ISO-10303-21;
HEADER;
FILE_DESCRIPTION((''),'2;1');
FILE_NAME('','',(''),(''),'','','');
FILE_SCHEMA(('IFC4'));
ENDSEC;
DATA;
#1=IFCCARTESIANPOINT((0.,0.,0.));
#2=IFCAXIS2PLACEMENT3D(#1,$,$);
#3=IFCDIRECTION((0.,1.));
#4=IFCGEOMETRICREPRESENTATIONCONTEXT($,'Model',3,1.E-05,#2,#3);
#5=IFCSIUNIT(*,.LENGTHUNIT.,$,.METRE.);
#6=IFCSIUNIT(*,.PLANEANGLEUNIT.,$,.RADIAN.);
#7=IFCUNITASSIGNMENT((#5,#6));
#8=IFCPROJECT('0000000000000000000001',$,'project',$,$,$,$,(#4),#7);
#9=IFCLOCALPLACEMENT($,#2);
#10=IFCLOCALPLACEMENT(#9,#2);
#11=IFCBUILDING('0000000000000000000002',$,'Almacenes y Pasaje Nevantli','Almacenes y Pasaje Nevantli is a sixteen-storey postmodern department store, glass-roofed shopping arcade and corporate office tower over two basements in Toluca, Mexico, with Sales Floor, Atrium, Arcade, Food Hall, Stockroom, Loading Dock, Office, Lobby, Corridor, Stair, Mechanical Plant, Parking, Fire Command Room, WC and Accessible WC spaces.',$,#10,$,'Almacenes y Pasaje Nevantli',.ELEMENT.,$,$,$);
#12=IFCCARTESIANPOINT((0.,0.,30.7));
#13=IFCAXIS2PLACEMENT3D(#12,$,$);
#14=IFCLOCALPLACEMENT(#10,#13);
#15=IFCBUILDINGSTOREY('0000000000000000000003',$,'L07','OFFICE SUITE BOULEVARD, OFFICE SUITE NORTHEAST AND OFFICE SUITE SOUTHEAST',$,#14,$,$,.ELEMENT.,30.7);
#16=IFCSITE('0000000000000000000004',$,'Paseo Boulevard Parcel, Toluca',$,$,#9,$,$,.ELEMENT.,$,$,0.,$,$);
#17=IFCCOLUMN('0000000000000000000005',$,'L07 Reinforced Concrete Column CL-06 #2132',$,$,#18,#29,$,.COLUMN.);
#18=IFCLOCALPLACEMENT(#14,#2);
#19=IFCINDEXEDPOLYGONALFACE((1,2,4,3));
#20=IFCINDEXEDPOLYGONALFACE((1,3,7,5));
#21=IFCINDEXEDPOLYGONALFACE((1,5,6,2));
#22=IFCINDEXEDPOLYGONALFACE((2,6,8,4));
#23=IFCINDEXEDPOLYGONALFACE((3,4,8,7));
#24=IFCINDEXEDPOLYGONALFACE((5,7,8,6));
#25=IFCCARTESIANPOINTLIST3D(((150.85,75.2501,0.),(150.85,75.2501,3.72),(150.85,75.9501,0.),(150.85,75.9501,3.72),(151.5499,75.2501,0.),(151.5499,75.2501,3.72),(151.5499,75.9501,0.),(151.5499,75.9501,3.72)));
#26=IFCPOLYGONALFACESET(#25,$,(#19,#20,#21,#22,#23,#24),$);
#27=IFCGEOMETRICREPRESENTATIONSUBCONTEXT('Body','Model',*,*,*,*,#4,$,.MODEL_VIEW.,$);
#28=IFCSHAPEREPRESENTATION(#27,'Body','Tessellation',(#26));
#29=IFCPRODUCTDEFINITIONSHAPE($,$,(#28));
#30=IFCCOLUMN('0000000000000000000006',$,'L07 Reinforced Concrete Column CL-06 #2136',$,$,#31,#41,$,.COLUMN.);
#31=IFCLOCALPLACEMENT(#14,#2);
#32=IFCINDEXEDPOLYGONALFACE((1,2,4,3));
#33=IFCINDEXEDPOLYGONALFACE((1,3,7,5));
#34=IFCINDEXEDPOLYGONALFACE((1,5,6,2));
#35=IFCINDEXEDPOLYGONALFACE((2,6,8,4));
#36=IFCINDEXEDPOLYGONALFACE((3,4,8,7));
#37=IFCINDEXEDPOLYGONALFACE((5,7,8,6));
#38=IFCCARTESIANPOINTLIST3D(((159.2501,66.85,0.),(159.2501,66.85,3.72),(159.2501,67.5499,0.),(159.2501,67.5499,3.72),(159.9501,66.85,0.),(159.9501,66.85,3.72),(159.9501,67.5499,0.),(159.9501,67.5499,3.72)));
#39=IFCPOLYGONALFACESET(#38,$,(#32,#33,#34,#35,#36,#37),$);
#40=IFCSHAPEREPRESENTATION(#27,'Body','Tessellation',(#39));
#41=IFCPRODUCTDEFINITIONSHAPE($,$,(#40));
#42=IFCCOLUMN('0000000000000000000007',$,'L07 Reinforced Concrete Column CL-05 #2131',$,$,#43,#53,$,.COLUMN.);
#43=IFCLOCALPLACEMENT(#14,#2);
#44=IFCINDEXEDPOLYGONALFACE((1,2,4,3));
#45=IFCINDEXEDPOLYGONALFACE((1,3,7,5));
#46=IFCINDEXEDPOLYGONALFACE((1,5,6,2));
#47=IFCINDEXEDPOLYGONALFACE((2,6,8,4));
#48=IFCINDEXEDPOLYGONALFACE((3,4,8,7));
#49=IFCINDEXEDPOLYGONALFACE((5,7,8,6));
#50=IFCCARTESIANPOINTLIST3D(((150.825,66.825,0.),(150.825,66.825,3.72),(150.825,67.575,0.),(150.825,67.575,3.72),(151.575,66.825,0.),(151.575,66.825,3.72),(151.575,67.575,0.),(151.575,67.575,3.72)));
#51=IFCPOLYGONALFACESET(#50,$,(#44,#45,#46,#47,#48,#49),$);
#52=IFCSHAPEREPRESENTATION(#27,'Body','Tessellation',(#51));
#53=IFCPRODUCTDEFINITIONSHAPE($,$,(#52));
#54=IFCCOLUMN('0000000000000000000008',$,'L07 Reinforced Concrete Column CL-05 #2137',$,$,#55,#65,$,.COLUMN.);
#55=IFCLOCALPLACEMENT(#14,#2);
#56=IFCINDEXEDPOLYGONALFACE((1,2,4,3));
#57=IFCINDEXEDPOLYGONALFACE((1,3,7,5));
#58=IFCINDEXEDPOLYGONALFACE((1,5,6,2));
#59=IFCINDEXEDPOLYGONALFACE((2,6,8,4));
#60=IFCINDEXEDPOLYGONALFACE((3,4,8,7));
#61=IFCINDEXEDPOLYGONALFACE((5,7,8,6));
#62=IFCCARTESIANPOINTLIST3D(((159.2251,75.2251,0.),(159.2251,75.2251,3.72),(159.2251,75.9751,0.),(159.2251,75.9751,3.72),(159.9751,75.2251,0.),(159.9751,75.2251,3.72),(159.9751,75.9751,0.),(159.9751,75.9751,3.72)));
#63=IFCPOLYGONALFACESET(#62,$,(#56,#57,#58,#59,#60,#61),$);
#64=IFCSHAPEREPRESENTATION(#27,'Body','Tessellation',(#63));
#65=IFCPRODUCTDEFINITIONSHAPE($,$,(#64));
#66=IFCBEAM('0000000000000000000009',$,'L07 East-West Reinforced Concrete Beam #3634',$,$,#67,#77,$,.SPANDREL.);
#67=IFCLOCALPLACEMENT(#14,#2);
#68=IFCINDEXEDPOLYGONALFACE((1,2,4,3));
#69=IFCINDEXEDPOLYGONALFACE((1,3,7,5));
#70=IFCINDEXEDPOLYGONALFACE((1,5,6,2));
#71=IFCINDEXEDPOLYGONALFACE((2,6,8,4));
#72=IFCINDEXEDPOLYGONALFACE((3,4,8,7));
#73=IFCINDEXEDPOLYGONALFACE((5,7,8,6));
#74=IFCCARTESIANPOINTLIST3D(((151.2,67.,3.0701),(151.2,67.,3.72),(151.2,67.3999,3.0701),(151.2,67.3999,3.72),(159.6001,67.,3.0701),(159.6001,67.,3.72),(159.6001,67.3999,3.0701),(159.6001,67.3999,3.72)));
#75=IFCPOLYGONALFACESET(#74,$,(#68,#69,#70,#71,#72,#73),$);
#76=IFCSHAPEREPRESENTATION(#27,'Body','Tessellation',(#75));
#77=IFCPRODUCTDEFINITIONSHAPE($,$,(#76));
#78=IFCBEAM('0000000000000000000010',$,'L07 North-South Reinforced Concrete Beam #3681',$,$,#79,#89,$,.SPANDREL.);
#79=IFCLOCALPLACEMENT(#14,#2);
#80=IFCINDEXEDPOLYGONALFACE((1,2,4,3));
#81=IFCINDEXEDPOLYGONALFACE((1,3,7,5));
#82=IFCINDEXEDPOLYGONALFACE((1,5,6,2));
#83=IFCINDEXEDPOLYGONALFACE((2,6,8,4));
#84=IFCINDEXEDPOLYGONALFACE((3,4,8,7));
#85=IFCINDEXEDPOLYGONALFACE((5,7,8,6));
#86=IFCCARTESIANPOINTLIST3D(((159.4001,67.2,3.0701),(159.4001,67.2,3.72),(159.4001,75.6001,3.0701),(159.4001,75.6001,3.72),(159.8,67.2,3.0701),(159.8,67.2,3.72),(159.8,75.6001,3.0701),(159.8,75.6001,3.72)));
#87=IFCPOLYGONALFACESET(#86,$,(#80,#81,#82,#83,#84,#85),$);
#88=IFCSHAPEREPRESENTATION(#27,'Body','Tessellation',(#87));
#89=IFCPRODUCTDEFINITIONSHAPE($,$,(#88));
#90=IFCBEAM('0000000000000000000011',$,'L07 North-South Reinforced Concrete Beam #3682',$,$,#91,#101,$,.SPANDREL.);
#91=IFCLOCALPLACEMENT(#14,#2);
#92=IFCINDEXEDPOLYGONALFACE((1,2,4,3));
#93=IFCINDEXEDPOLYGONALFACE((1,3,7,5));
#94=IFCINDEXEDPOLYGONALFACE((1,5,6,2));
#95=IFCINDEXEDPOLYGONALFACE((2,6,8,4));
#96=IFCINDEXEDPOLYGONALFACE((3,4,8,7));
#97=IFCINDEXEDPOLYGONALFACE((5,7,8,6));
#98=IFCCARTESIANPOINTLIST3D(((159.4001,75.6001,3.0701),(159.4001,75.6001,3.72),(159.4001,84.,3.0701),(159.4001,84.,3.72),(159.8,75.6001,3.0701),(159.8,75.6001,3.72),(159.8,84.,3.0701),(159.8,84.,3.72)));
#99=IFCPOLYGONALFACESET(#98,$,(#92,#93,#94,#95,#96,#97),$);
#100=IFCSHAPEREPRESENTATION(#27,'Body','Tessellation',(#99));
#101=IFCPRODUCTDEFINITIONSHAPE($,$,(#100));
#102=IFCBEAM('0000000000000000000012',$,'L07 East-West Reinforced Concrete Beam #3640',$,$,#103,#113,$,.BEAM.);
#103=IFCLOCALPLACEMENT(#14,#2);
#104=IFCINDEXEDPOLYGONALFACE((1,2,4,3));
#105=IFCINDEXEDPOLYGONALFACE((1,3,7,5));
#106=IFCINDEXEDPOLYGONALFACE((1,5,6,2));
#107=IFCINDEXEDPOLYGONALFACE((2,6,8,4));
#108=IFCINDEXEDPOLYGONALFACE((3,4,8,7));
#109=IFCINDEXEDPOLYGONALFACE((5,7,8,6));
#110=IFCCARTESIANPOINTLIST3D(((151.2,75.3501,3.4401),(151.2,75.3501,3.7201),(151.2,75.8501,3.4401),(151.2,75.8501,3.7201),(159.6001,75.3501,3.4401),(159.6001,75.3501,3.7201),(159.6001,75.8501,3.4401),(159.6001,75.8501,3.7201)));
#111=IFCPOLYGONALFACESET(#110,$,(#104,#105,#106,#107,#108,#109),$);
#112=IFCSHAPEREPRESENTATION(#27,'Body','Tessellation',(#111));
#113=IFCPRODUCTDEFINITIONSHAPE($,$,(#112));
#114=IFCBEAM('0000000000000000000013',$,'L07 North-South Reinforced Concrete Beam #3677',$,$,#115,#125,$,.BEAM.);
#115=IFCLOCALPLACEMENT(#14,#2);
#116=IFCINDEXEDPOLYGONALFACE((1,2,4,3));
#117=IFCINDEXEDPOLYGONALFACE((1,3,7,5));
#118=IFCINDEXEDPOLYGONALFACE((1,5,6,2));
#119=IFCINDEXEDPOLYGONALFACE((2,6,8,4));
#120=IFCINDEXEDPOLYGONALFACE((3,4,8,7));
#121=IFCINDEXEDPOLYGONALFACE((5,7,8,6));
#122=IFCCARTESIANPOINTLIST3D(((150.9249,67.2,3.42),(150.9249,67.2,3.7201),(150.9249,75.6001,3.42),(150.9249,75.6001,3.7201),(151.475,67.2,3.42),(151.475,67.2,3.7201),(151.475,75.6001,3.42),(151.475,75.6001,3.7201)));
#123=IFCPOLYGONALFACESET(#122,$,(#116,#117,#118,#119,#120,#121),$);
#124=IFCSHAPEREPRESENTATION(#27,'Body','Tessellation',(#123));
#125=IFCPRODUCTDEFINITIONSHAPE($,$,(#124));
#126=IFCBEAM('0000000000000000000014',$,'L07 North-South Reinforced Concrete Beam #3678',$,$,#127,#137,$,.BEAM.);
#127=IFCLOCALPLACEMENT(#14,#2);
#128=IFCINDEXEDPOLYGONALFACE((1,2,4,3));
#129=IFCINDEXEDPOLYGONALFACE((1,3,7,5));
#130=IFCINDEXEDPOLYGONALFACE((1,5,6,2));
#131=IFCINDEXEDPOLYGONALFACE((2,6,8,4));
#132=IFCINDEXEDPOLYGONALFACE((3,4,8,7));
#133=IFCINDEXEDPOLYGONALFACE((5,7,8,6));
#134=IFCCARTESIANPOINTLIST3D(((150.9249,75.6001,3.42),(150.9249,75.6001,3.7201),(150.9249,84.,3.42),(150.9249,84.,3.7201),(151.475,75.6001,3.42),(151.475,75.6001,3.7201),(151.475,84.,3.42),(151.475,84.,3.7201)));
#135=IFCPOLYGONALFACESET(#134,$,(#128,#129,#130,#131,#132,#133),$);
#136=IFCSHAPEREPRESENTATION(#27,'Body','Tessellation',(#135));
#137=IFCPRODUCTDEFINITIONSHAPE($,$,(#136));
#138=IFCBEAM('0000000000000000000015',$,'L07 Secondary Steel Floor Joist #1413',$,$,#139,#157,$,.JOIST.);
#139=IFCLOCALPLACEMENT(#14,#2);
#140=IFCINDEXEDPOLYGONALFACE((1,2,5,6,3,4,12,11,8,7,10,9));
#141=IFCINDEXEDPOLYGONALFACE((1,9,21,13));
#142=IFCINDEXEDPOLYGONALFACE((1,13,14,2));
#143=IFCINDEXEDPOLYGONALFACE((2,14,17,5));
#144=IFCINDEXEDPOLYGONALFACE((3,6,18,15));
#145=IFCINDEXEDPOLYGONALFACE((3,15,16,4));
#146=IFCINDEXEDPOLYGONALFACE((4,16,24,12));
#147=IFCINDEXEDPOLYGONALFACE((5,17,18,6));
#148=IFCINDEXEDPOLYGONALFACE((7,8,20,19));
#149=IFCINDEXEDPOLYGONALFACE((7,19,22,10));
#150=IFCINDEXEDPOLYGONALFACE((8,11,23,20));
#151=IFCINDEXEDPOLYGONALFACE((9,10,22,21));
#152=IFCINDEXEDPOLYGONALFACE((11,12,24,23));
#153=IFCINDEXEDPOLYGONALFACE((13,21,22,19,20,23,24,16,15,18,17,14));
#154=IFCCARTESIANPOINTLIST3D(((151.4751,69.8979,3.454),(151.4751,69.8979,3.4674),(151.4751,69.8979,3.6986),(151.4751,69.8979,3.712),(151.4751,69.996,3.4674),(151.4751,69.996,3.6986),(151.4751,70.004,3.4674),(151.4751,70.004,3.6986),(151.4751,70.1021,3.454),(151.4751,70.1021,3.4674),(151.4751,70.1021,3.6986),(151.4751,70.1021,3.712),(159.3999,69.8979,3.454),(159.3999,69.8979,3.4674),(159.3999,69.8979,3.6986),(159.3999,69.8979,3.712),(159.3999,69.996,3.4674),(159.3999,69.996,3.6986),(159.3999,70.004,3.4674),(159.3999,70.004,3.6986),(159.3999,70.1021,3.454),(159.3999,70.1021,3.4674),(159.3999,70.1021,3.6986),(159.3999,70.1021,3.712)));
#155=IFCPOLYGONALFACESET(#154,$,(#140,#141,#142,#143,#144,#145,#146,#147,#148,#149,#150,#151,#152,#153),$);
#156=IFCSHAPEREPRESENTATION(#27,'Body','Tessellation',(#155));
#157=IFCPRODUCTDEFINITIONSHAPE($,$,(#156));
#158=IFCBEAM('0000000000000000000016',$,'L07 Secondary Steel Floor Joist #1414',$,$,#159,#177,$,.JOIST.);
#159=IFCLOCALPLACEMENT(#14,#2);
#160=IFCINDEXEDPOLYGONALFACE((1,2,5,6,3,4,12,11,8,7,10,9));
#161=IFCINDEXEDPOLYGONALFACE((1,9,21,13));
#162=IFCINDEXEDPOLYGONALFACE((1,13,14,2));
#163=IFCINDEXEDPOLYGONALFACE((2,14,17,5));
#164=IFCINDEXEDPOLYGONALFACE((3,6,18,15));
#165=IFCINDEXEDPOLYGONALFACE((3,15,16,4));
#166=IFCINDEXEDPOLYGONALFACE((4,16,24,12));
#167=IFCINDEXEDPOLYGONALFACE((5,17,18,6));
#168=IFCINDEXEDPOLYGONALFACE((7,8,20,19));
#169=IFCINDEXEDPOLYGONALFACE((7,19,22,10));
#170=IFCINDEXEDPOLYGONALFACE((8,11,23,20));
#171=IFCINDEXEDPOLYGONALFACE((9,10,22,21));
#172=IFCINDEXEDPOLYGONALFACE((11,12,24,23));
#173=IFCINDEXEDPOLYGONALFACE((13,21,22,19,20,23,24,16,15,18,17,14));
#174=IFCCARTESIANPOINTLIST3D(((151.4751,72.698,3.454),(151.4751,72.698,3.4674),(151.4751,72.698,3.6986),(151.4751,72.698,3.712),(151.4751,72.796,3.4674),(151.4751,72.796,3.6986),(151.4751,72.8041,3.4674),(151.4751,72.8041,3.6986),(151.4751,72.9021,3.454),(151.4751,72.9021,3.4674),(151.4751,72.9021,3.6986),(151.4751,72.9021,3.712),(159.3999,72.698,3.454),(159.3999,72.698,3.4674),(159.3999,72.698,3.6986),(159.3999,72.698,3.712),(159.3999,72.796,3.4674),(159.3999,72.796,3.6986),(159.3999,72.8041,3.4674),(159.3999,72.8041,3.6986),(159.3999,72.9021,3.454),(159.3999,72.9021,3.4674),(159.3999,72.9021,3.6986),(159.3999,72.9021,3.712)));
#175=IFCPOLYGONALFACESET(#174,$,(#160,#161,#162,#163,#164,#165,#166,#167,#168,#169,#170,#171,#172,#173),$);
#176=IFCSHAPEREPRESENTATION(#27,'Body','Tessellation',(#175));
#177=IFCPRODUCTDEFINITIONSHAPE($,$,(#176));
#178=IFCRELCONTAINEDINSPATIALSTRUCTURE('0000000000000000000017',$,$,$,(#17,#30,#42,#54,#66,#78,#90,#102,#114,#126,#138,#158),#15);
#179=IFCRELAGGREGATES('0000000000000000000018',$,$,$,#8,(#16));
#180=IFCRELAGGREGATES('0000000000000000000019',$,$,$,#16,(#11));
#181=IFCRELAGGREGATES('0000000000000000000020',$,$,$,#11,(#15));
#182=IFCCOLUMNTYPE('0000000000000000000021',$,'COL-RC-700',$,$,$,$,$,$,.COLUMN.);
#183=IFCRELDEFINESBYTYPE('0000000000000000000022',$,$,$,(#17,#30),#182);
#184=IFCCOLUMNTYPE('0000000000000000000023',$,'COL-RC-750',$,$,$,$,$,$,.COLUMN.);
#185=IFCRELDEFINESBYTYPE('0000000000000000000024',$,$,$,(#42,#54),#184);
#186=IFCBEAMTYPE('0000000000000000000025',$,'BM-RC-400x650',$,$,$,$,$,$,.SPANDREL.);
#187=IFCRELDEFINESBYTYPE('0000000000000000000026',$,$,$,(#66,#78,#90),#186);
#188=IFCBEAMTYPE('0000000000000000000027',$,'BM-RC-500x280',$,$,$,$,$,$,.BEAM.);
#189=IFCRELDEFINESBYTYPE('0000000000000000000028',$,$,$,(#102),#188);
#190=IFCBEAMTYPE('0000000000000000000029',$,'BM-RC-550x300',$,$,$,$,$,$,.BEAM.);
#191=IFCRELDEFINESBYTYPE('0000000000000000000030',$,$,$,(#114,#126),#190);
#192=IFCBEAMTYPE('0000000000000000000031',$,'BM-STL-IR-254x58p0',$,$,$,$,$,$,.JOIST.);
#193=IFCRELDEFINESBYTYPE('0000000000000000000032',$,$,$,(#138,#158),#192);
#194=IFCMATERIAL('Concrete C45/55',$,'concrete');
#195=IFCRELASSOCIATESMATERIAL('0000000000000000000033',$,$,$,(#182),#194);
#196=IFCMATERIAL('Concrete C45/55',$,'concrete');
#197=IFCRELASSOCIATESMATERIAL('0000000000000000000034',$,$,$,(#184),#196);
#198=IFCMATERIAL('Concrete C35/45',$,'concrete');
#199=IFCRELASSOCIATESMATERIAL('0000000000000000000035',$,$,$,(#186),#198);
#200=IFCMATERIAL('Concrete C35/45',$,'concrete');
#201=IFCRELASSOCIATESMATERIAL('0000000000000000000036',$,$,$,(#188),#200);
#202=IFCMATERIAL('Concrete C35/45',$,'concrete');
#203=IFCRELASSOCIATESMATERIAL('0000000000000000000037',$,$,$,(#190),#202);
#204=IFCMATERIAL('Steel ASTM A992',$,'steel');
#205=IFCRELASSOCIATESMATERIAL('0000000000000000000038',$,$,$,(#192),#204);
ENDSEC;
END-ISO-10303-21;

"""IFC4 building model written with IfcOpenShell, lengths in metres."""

from ifc_helpers import new_model, si_unit, direction, frame, origin, origin_2d, place, context, subcontext, project, spatial, rectangle, i_section, extrude, material, material_profile, profile_set, type_object, element, save


model = new_model("IFC4")

# Units and contexts
model_context = context("Model", 3, precision=1e-05, world=origin(), true_north=direction((0.0, 1.0)))
body_context = subcontext(model_context, "Body", "Model", "MODEL_VIEW")
ifc_project = project(units=[si_unit("LENGTHUNIT", "METRE"), si_unit("PLANEANGLEUNIT", "RADIAN")], contexts=[model_context])

# Site, building, storey
site_placement = place(None, origin())
site = spatial("IfcSite", under=ifc_project, at=site_placement, Name="Paseo Boulevard Parcel, Toluca", CompositionType="ELEMENT", RefElevation=0.0)
building_placement = place(site_placement, origin())
building = spatial("IfcBuilding", under=site, at=building_placement, Name="Almacenes y Pasaje Nevantli", Description="Almacenes y Pasaje Nevantli is a sixteen-storey postmodern department store, glass-roofed shopping arcade and corporate office tower over two basements in Toluca, Mexico, with Sales Floor, Atrium, Arcade, Food Hall, Stockroom, Loading Dock, Office, Lobby, Corridor, Stair, Mechanical Plant, Parking, Fire Command Room, WC and Accessible WC spaces.", LongName="Almacenes y Pasaje Nevantli", CompositionType="ELEMENT")
storey_placement = place(building_placement, frame((0.0, 0.0, 30.7)))
storey = spatial("IfcBuildingStorey", under=building, at=storey_placement, Name="L07", Description="OFFICE SUITE BOULEVARD, OFFICE SUITE NORTHEAST AND OFFICE SUITE SOUTHEAST", CompositionType="ELEMENT", Elevation=30.7)

# Columns
ifc_material_1 = material(Name="Concrete C45/55", Category="concrete")
ifc_material_profile_1 = material_profile(ifc_material_1, rectangle(XDim=0.7, YDim=0.7, at=origin_2d()), Name="RC-COL-700x700")
ifc_profile_set_1 = profile_set([ifc_material_profile_1], Name="Concrete C45/55")
column_type_1 = type_object("IfcColumnType", Name="COL-RC-700", PredefinedType="COLUMN", material=ifc_profile_set_1)
for number, where, z_axis, x_axis, name in (
    (1, (151.2, 75.6001, 0.0), (0.0, 0.0, 1.0), (1.0, 0.0, 0.0), "L07 Reinforced Concrete Column CL-06 #2132"),
    (2, (159.6001, 67.2, 0.0), (0.0, 0.0, 1.0), (1.0, 0.0, 0.0), "L07 Reinforced Concrete Column CL-06 #2136"),
):
    element("IfcColumn", number, at=place(storey_placement, frame(where, z_axis=z_axis, x_axis=x_axis)), inside=storey, type_object=column_type_1, Name=name, PredefinedType="COLUMN", context=body_context, shape_type="SweptSolid", body=[
        extrude(rectangle(XDim=0.7, YDim=0.7, at=origin_2d()), origin(), (0.0, 0.0, 1.0), 3.72),
    ])
ifc_material_2 = material(Name="Concrete C45/55", Category="concrete")
ifc_material_profile_2 = material_profile(ifc_material_2, rectangle(XDim=0.75, YDim=0.75, at=origin_2d()), Name="RC-COL-750x750")
ifc_profile_set_2 = profile_set([ifc_material_profile_2], Name="Concrete C45/55")
column_type_2 = type_object("IfcColumnType", Name="COL-RC-750", PredefinedType="COLUMN", material=ifc_profile_set_2)
for number, where, z_axis, x_axis, name in (
    (3, (151.2, 67.2, 0.0), (0.0, 0.0, 1.0), (1.0, 0.0, 0.0), "L07 Reinforced Concrete Column CL-05 #2131"),
    (4, (159.6001, 75.6001, 0.0), (0.0, 0.0, 1.0), (1.0, 0.0, 0.0), "L07 Reinforced Concrete Column CL-05 #2137"),
):
    element("IfcColumn", number, at=place(storey_placement, frame(where, z_axis=z_axis, x_axis=x_axis)), inside=storey, type_object=column_type_2, Name=name, PredefinedType="COLUMN", context=body_context, shape_type="SweptSolid", body=[
        extrude(rectangle(XDim=0.75, YDim=0.75, at=origin_2d()), origin(), (0.0, 0.0, 1.0), 3.72),
    ])

# Beams
ifc_material_3 = material(Name="Concrete C35/45", Category="concrete")
ifc_material_profile_3 = material_profile(ifc_material_3, rectangle(XDim=0.3999, YDim=0.6499, at=origin_2d()), Name="RC-BM-400x650")
ifc_profile_set_3 = profile_set([ifc_material_profile_3], Name="Concrete C35/45")
beam_type_1 = type_object("IfcBeamType", Name="BM-RC-400x650", PredefinedType="SPANDREL", material=ifc_profile_set_3)
for number, where, z_axis, x_axis, name in (
    (5, (151.2, 67.2, 3.395), (1.0, 0.0, 0.0), (0.0, 1.0, 0.0), "L07 East-West Reinforced Concrete Beam #3634"),
    (6, (159.6001, 67.2, 3.395), (0.0, 1.0, 0.0), (-1.0, 0.0, 0.0), "L07 North-South Reinforced Concrete Beam #3681"),
):
    element("IfcBeam", number, at=place(storey_placement, frame(where, z_axis=z_axis, x_axis=x_axis)), inside=storey, type_object=beam_type_1, Name=name, PredefinedType="SPANDREL", context=body_context, shape_type="SweptSolid", body=[
        extrude(rectangle(XDim=0.3999, YDim=0.6499, at=origin_2d()), origin(), (0.0, 0.0, 1.0), 8.4001),
    ])
beam_1_placement = place(storey_placement, frame((159.6001, 75.6001, 3.395), z_axis=(0.0, 1.0, 0.0), x_axis=(-1.0, 0.0, 0.0)))
element("IfcBeam", 7, at=beam_1_placement, inside=storey, type_object=beam_type_1, Name="L07 North-South Reinforced Concrete Beam #3682", PredefinedType="SPANDREL", context=body_context, shape_type="SweptSolid", body=[
    extrude(rectangle(XDim=0.3999, YDim=0.6499, at=origin_2d()), origin(), (0.0, 0.0, 1.0), 8.3999),
])
ifc_material_4 = material(Name="Concrete C35/45", Category="concrete")
ifc_material_profile_4 = material_profile(ifc_material_4, rectangle(XDim=0.5, YDim=0.28, at=origin_2d()), Name="RC-BM-500x280")
ifc_profile_set_4 = profile_set([ifc_material_profile_4], Name="Concrete C35/45")
beam_type_2 = type_object("IfcBeamType", Name="BM-RC-500x280", PredefinedType="BEAM", material=ifc_profile_set_4)
beam_2_placement = place(storey_placement, frame((151.2, 75.6001, 3.5801), z_axis=(1.0, 0.0, 0.0), x_axis=(0.0, 1.0, 0.0)))
element("IfcBeam", 8, at=beam_2_placement, inside=storey, type_object=beam_type_2, Name="L07 East-West Reinforced Concrete Beam #3640", PredefinedType="BEAM", context=body_context, shape_type="SweptSolid", body=[
    extrude(rectangle(XDim=0.5, YDim=0.28, at=origin_2d()), origin(), (0.0, 0.0, 1.0), 8.4001),
])
ifc_material_5 = material(Name="Concrete C35/45", Category="concrete")
ifc_material_profile_5 = material_profile(ifc_material_5, rectangle(XDim=0.55, YDim=0.3, at=origin_2d()), Name="RC-BM-550x300")
ifc_profile_set_5 = profile_set([ifc_material_profile_5], Name="Concrete C35/45")
beam_type_3 = type_object("IfcBeamType", Name="BM-RC-550x300", PredefinedType="BEAM", material=ifc_profile_set_5)
beam_3_placement = place(storey_placement, frame((151.2, 67.2, 3.5701), z_axis=(0.0, 1.0, 0.0), x_axis=(-1.0, 0.0, 0.0)))
element("IfcBeam", 9, at=beam_3_placement, inside=storey, type_object=beam_type_3, Name="L07 North-South Reinforced Concrete Beam #3677", PredefinedType="BEAM", context=body_context, shape_type="SweptSolid", body=[
    extrude(rectangle(XDim=0.55, YDim=0.3, at=origin_2d()), origin(), (0.0, 0.0, 1.0), 8.4001),
])
beam_4_placement = place(storey_placement, frame((151.2, 75.6001, 3.5701), z_axis=(0.0, 1.0, 0.0), x_axis=(-1.0, 0.0, 0.0)))
element("IfcBeam", 10, at=beam_4_placement, inside=storey, type_object=beam_type_3, Name="L07 North-South Reinforced Concrete Beam #3678", PredefinedType="BEAM", context=body_context, shape_type="SweptSolid", body=[
    extrude(rectangle(XDim=0.55, YDim=0.3, at=origin_2d()), origin(), (0.0, 0.0, 1.0), 8.3999),
])
ifc_material_6 = material(Name="Steel ASTM A992", Category="steel")
ifc_material_profile_6 = material_profile(ifc_material_6, i_section(OverallWidth=0.2041, OverallDepth=0.2581, WebThickness=0.0081, FlangeThickness=0.0134, at=origin_2d()), Name="IR 254x58.0")
ifc_profile_set_6 = profile_set([ifc_material_profile_6], Name="Steel ASTM A992")
beam_type_4 = type_object("IfcBeamType", Name="BM-STL-IR-254x58p0", PredefinedType="JOIST", material=ifc_profile_set_6)
for number, where, z_axis, x_axis, name in (
    (11, (151.4751, 70.0, 3.583), (1.0, 0.0, 0.0), (0.0, 1.0, 0.0), "L07 Secondary Steel Floor Joist #1413"),
    (12, (151.4751, 72.8, 3.583), (1.0, 0.0, 0.0), (0.0, 1.0, 0.0), "L07 Secondary Steel Floor Joist #1414"),
):
    element("IfcBeam", number, at=place(storey_placement, frame(where, z_axis=z_axis, x_axis=x_axis)), inside=storey, type_object=beam_type_4, Name=name, PredefinedType="JOIST", context=body_context, shape_type="SweptSolid", body=[
        extrude(i_section(OverallWidth=0.2041, OverallDepth=0.2581, WebThickness=0.0081, FlangeThickness=0.0134, at=origin_2d()), origin(), (0.0, 0.0, 1.0), 7.9248),
    ])

save(model, "model.ifc")
